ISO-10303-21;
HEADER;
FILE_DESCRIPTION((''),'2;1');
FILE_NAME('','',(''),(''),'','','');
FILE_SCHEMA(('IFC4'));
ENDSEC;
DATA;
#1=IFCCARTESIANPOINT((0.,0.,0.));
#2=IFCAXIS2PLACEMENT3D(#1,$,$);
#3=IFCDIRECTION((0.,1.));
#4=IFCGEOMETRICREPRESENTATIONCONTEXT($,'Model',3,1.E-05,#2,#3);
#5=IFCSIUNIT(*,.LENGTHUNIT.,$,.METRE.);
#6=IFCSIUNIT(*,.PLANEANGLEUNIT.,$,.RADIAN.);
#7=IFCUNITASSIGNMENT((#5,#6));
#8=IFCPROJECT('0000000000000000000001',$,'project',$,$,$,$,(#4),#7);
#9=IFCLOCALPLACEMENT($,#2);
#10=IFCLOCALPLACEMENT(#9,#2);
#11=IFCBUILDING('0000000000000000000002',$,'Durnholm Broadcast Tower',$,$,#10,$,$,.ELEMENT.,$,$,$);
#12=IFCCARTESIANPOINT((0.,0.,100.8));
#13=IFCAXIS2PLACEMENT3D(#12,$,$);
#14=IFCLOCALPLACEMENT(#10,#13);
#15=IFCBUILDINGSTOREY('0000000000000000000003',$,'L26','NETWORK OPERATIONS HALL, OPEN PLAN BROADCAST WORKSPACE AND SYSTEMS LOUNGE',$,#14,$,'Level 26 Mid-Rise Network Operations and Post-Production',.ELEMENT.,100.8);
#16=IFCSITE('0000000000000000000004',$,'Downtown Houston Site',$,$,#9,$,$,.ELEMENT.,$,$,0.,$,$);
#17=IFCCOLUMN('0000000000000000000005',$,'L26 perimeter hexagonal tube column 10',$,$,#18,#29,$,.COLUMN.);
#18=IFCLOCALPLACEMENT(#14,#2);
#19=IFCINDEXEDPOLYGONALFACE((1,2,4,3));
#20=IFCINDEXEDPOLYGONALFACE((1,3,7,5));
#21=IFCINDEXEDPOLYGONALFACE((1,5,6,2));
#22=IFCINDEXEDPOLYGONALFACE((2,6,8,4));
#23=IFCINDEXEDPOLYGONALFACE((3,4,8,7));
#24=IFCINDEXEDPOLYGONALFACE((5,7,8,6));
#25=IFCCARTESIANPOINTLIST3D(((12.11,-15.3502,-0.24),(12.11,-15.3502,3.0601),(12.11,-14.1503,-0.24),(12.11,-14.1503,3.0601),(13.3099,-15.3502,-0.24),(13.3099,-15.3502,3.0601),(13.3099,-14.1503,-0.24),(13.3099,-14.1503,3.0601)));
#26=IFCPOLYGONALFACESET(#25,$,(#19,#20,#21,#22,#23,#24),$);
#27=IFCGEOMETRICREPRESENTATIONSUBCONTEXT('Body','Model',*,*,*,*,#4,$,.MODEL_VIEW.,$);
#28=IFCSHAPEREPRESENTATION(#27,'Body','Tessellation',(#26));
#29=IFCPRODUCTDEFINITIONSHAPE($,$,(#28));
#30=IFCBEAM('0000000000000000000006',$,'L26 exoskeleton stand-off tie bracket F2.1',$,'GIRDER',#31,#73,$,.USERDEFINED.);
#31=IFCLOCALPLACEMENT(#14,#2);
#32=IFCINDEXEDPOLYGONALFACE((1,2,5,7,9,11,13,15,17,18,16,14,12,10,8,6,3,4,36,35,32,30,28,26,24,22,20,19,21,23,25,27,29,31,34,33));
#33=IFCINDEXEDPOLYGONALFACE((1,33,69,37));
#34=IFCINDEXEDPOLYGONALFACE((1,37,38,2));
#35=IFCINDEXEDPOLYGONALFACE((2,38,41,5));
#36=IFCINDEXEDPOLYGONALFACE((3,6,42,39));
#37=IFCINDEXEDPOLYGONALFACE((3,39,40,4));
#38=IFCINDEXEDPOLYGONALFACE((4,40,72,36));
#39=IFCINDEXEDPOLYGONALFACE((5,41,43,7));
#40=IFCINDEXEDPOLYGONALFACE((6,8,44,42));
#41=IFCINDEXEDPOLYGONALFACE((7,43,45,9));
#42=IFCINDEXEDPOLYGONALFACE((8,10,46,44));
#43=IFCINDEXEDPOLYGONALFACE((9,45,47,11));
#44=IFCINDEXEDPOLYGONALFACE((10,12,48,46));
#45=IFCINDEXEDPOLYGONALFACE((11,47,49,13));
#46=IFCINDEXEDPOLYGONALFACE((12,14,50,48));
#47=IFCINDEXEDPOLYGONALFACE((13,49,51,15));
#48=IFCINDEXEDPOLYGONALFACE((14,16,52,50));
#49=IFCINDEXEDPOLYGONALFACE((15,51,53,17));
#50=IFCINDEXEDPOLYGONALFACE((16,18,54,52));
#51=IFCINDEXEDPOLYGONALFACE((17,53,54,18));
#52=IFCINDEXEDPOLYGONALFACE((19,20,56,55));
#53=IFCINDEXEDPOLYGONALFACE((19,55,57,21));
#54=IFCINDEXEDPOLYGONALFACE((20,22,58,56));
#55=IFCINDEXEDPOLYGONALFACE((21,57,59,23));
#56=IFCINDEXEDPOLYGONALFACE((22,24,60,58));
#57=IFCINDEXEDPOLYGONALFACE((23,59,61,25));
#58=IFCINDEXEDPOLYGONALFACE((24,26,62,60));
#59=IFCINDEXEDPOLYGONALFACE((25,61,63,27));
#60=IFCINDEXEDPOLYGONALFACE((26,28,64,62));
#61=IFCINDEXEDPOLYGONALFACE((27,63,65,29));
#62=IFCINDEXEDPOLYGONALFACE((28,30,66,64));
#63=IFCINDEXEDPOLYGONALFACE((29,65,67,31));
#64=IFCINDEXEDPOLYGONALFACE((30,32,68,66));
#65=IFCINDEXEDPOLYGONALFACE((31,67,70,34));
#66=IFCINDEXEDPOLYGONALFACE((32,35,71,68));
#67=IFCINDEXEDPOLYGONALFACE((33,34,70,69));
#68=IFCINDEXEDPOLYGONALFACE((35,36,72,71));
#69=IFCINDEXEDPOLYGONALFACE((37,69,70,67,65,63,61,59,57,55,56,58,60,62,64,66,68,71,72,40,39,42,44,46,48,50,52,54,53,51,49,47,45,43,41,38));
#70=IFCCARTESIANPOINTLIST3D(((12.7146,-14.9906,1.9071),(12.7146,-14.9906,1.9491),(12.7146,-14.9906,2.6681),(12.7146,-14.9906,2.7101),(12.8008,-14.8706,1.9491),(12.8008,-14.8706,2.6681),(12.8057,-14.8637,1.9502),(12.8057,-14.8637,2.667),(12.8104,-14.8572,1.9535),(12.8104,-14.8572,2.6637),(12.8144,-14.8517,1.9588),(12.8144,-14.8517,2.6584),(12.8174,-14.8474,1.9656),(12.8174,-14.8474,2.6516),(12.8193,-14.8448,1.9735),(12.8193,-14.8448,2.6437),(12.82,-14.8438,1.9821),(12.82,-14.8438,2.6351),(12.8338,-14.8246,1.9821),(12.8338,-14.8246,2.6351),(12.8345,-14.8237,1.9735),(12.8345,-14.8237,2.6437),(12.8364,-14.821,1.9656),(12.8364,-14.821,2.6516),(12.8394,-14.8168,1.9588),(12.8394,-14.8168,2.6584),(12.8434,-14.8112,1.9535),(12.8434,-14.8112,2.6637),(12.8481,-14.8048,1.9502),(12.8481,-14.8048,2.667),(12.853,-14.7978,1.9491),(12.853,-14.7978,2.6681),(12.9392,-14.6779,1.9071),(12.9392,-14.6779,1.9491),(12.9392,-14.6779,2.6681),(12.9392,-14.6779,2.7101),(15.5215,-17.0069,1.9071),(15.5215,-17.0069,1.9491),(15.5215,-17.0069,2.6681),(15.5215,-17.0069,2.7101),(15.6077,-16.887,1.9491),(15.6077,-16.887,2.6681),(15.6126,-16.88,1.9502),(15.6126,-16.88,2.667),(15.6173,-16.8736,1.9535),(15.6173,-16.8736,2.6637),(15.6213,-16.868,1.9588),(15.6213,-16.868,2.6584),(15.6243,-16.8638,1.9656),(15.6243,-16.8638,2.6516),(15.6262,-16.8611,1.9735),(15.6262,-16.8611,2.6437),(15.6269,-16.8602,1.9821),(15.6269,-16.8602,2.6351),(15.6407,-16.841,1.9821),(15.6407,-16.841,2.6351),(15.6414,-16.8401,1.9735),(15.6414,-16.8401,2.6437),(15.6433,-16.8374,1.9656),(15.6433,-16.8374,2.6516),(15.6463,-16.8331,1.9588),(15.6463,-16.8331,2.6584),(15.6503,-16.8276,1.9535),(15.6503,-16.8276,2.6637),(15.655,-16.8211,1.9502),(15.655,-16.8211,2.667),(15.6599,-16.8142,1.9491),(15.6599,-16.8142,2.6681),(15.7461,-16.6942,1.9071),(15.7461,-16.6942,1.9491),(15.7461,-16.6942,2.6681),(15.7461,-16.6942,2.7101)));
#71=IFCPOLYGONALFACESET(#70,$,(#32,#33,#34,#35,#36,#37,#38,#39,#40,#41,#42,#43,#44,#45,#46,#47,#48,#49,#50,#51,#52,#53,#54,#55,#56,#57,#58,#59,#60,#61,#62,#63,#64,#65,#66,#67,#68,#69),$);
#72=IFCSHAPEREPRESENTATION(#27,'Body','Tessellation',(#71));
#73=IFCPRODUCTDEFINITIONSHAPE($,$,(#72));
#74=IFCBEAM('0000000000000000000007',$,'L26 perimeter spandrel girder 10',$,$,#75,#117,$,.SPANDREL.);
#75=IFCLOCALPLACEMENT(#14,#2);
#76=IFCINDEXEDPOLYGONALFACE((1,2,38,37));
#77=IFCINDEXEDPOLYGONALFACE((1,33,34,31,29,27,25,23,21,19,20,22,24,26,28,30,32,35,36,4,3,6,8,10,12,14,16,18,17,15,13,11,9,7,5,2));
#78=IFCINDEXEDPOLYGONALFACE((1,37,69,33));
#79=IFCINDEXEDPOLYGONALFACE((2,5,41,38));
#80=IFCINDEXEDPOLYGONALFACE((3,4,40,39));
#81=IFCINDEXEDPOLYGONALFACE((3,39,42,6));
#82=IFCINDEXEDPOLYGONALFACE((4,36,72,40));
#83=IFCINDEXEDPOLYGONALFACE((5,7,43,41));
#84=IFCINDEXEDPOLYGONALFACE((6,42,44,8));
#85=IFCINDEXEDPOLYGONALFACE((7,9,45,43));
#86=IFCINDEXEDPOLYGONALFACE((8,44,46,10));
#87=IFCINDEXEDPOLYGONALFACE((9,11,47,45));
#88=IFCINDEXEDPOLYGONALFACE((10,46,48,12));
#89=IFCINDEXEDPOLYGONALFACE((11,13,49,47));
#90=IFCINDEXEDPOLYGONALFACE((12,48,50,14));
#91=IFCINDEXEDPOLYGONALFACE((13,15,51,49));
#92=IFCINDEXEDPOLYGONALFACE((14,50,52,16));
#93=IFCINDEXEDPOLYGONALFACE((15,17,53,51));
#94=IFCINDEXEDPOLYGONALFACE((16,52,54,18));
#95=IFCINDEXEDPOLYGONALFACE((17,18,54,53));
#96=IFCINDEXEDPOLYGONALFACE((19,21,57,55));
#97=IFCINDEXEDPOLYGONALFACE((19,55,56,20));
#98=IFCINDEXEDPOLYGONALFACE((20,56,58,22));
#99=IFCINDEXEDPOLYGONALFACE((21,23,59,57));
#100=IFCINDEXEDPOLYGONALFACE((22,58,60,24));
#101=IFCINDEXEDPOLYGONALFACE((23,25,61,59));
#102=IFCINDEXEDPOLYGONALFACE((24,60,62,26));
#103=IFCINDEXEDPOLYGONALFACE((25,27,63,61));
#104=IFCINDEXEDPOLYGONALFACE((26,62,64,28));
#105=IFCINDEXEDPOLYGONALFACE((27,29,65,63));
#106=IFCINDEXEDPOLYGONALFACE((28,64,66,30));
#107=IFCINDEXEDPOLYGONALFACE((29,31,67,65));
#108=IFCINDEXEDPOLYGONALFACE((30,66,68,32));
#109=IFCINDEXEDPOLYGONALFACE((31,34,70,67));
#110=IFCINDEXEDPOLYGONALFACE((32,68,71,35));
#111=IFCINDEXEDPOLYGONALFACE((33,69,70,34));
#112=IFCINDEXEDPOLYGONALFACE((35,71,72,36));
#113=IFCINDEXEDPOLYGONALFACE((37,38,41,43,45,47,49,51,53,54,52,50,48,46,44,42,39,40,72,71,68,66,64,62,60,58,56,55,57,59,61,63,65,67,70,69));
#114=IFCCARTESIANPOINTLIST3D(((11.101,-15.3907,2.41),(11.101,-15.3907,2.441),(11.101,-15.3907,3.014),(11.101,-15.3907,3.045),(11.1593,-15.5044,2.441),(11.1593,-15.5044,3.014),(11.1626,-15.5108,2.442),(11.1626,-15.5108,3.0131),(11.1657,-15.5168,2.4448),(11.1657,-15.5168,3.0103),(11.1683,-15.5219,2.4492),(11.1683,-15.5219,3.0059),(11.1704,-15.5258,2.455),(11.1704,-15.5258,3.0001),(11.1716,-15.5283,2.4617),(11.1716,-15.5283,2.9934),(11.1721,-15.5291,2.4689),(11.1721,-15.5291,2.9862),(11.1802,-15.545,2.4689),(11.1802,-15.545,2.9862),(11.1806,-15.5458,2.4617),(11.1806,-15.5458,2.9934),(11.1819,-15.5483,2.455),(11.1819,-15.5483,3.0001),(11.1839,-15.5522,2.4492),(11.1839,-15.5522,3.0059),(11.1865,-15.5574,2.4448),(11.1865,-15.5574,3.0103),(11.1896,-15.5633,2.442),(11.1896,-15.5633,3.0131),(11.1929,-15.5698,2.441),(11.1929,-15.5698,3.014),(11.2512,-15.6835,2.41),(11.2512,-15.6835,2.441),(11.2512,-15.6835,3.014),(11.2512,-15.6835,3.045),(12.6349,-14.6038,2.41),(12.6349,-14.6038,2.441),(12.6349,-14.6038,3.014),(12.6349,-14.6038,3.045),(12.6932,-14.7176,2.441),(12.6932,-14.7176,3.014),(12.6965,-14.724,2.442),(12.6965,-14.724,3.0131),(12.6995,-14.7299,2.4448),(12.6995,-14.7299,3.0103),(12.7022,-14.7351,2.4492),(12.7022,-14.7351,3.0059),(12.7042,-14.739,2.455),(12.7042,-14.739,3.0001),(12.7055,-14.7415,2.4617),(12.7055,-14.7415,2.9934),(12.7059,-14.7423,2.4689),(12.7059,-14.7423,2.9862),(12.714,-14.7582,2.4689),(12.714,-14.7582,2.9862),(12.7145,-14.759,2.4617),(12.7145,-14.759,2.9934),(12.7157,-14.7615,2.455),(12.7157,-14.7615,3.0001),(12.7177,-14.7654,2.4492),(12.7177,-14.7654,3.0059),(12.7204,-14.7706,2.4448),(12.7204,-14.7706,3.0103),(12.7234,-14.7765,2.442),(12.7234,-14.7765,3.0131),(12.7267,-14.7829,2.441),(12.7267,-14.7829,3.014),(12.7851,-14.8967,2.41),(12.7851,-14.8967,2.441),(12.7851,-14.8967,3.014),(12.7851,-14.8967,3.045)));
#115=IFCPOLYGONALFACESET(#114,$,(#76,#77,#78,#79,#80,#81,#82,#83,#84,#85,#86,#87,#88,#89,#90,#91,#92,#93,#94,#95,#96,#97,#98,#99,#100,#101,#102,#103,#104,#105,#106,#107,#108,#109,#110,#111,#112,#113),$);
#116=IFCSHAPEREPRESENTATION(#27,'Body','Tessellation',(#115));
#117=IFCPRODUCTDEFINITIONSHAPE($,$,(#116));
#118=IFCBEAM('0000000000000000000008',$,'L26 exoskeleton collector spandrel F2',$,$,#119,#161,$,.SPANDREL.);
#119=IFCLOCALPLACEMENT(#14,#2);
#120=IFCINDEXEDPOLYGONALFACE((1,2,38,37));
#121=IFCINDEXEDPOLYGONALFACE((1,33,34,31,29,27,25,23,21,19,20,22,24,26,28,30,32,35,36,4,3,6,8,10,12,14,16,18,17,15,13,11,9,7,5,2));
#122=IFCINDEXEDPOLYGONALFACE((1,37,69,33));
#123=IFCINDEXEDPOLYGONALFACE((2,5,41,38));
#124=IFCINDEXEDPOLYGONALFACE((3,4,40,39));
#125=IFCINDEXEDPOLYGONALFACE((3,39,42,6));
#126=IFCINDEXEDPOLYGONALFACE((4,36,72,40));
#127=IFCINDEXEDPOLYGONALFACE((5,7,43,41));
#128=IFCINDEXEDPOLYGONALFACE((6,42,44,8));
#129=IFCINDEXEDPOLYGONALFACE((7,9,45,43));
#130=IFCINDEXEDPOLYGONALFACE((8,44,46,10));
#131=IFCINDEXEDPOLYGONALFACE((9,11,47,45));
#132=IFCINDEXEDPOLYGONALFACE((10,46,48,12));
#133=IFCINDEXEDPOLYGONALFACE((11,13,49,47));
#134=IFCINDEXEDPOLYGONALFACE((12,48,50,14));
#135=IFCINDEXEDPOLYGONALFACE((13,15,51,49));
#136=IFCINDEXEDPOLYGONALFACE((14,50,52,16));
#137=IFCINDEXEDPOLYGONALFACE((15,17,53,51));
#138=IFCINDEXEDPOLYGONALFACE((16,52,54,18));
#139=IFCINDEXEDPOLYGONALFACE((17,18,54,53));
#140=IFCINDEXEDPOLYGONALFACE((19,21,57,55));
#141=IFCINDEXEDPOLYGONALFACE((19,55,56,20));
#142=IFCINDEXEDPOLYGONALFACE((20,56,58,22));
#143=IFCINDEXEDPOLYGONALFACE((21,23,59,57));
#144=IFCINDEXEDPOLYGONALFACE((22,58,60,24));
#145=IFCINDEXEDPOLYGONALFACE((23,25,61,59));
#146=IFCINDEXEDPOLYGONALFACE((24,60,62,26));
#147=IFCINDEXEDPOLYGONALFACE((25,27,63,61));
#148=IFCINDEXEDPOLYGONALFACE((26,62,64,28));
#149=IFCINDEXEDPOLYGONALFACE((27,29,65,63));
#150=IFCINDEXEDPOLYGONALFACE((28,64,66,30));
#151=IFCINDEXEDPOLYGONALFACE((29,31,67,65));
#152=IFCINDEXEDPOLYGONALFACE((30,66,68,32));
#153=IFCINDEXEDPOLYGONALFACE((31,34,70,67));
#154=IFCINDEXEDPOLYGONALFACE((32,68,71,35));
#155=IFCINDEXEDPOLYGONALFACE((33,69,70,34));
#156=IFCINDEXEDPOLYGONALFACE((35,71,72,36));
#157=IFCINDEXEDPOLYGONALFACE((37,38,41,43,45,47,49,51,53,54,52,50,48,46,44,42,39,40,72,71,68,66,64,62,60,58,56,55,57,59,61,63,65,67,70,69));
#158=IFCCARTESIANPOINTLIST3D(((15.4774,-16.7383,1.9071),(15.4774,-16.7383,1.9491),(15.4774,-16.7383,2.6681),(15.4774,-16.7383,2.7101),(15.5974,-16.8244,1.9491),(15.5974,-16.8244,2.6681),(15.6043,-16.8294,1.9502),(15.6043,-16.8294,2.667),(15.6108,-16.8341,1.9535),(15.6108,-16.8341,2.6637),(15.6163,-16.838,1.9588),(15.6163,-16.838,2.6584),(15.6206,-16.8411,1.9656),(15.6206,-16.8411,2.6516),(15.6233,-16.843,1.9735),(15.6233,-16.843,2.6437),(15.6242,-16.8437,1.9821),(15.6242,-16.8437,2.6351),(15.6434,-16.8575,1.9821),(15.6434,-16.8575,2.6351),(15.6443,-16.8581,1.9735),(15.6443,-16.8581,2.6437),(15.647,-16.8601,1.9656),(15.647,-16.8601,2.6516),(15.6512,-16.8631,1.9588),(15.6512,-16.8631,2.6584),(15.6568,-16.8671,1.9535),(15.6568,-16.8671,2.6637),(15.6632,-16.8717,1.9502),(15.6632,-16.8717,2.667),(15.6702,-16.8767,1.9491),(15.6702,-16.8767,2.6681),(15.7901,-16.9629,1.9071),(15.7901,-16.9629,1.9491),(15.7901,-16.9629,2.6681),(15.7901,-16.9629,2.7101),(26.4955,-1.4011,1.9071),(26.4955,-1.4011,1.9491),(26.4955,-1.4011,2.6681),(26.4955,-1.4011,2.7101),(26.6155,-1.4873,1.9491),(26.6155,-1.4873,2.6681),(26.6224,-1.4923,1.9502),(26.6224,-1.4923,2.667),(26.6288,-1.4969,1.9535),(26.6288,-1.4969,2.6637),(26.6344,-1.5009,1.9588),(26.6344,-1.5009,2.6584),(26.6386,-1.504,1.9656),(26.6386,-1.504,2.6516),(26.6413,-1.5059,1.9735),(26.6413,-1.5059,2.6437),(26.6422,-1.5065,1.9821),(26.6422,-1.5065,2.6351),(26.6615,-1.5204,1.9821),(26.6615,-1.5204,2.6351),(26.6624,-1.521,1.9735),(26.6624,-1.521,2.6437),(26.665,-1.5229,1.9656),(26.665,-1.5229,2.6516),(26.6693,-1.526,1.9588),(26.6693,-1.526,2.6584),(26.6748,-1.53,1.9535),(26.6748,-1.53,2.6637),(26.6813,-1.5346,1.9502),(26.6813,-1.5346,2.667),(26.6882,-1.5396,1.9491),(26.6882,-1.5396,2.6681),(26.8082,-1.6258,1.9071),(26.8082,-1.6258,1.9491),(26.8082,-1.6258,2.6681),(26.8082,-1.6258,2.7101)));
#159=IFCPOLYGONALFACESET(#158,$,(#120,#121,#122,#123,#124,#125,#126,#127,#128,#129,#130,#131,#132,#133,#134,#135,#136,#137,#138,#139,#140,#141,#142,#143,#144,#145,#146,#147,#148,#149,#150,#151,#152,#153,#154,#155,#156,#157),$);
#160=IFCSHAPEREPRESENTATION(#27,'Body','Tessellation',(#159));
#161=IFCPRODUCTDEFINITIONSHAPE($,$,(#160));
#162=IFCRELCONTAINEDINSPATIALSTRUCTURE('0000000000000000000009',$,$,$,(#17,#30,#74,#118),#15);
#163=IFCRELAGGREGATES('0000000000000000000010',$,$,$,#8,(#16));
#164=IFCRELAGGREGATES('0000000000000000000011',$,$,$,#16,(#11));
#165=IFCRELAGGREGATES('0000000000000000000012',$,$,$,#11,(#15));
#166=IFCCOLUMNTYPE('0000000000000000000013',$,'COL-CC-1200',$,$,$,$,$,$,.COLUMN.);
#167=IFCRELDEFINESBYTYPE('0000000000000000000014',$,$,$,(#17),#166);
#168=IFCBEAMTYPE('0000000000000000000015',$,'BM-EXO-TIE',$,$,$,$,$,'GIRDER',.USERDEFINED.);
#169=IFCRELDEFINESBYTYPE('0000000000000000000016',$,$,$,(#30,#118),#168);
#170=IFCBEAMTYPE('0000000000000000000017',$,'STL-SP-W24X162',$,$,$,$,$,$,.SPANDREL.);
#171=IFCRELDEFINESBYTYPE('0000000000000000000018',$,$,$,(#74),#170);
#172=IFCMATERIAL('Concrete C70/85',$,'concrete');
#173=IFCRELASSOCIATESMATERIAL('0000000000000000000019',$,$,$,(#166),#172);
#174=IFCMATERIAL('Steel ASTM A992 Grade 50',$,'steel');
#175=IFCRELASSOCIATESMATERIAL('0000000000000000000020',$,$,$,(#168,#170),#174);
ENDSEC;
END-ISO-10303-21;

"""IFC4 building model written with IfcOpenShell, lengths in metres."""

from ifc_helpers import new_model, si_unit, direction, frame, origin, origin_2d, place, context, subcontext, project, spatial, rectangle, i_section, extrude, source, transform, mapped, material, material_profile, profile_set, type_object, type_shapes, element, save


model = new_model("IFC4")

# Units and contexts
model_context = context("Model", 3, precision=1e-05, world=origin(), true_north=direction((0.0, 1.0)))
body_context = subcontext(model_context, "Body", "Model", "MODEL_VIEW")
ifc_project = project(units=[si_unit("LENGTHUNIT", "METRE"), si_unit("PLANEANGLEUNIT", "RADIAN")], contexts=[model_context])

# Site, building, storey
site_placement = place(None, origin())
site = spatial("IfcSite", under=ifc_project, at=site_placement, Name="Downtown Houston Site", CompositionType="ELEMENT", RefElevation=0.0)
building_placement = place(site_placement, origin())
building = spatial("IfcBuilding", under=site, at=building_placement, Name="Durnholm Broadcast Tower", CompositionType="ELEMENT")
storey_placement = place(building_placement, frame((0.0, 0.0, 100.8)))
storey = spatial("IfcBuildingStorey", under=building, at=storey_placement, Name="L26", Description="NETWORK OPERATIONS HALL, OPEN PLAN BROADCAST WORKSPACE AND SYSTEMS LOUNGE", LongName="Level 26 Mid-Rise Network Operations and Post-Production", CompositionType="ELEMENT", Elevation=100.8)

# Column
ifc_material_1 = material(Name="Concrete C70/85", Category="concrete")
ifc_material_profile_1 = material_profile(ifc_material_1, rectangle(XDim=1.2, YDim=1.2, at=origin_2d()), Name="RC1200X1200")
ifc_profile_set_1 = profile_set([ifc_material_profile_1], Name="Concrete C70/85")
column_type = type_object("IfcColumnType", Name="COL-CC-1200", PredefinedType="COLUMN", material=ifc_profile_set_1)
shared_shape_1 = source(origin(), body_context, "Body", "SweptSolid", [
    extrude(rectangle(XDim=1.2, YDim=1.2, at=origin_2d()), origin(), (0.0, 0.0, 1.0), 3.3),
])
type_shapes(column_type, [shared_shape_1])
column_placement = place(storey_placement, frame((12.71, -14.7502, -0.24), z_axis=(0.0, 0.0, 1.0), x_axis=(1.0, 0.0, 0.0)))
element("IfcColumn", 1, at=column_placement, inside=storey, type_object=column_type, Name="L26 perimeter hexagonal tube column 10", PredefinedType="COLUMN", context=body_context, shape_type="MappedRepresentation", body=[
    mapped(shared_shape_1, transform((0.0, 0.0, 0.0), x_axis=(1.0, 0.0, 0.0), y_axis=(0.0, 1.0, 0.0), z_axis=(0.0, 0.0, 1.0), scale=1.0)),
])

# Beams
ifc_material_2 = material(Name="Steel ASTM A992 Grade 50", Category="steel")
ifc_material_profile_2 = material_profile(ifc_material_2, i_section(OverallWidth=0.385, OverallDepth=0.803, WebThickness=0.0237, FlangeThickness=0.042, FilletRadius=0.033, at=origin_2d()), Name="W30X261")
ifc_profile_set_2 = profile_set([ifc_material_profile_2], Name="Steel ASTM A992 Grade 50")
beam_type_1 = type_object("IfcBeamType", Name="BM-EXO-TIE", ElementType="GIRDER", PredefinedType="USERDEFINED", material=ifc_profile_set_2)
shared_shape_2 = source(origin(), body_context, "Body", "SweptSolid", [
    extrude(i_section(OverallWidth=0.385, OverallDepth=0.803, WebThickness=0.0237, FlangeThickness=0.042, FilletRadius=0.033, at=origin_2d()), origin(), (0.0, 0.0, 1.0), 3.4561),
])
beam_1_placement = place(storey_placement, frame((12.8269, -14.8342, 2.3086), z_axis=(0.812165, -0.583428, 0.0), x_axis=(0.583428, 0.812165, 0.0)))
element("IfcBeam", 2, at=beam_1_placement, inside=storey, type_object=beam_type_1, Name="L26 exoskeleton stand-off tie bracket F2.1", ObjectType="GIRDER", PredefinedType="USERDEFINED", context=body_context, shape_type="MappedRepresentation", body=[
    mapped(shared_shape_2, transform((0.0, 0.0, 0.0), x_axis=(1.0, 0.0, 0.0), y_axis=(0.0, 1.0, 0.0), z_axis=(0.0, 0.0, 1.0), scale=1.0)),
])
ifc_material_profile_3 = material_profile(ifc_material_2, i_section(OverallWidth=0.3291, OverallDepth=0.635, WebThickness=0.0178, FlangeThickness=0.031, FilletRadius=0.0278, at=origin_2d()), Name="W24X162")
ifc_profile_set_3 = profile_set([ifc_material_profile_3], Name="Steel ASTM A992 Grade 50")
beam_type_2 = type_object("IfcBeamType", Name="STL-SP-W24X162", PredefinedType="SPANDREL", material=ifc_profile_set_3)
shared_shape_3 = source(origin(), body_context, "Body", "SweptSolid", [
    extrude(i_section(OverallWidth=0.3291, OverallDepth=0.635, WebThickness=0.0178, FlangeThickness=0.031, FilletRadius=0.0278, at=origin_2d()), origin(), (0.0, 0.0, 1.0), 1.7239),
])
type_shapes(beam_type_2, [shared_shape_3])
beam_2_placement = place(storey_placement, frame((12.71, -14.7502, 2.7275), z_axis=(-0.889763, -0.456423, 0.0), x_axis=(0.456423, -0.889763, 0.0)))
element("IfcBeam", 3, at=beam_2_placement, inside=storey, type_object=beam_type_2, Name="L26 perimeter spandrel girder 10", PredefinedType="SPANDREL", context=body_context, shape_type="MappedRepresentation", body=[
    mapped(shared_shape_3, transform((0.0, 0.0, 0.0), x_axis=(1.0, 0.0, 0.0), y_axis=(0.0, 1.0, 0.0), z_axis=(0.0, 0.0, 1.0), scale=1.0)),
])
shared_shape_4 = source(origin(), body_context, "Body", "SweptSolid", [
    extrude(i_section(OverallWidth=0.385, OverallDepth=0.803, WebThickness=0.0237, FlangeThickness=0.042, FilletRadius=0.033, at=origin_2d()), origin(), (0.0, 0.0, 1.0), 18.8845),
])
type_shapes(beam_type_1, [shared_shape_2, shared_shape_4])
beam_3_placement = place(storey_placement, frame((15.6338, -16.8506, 2.3086), z_axis=(0.583443, 0.812154, 0.0), x_axis=(-0.812154, 0.583443, 0.0)))
element("IfcBeam", 4, at=beam_3_placement, inside=storey, type_object=beam_type_1, Name="L26 exoskeleton collector spandrel F2", PredefinedType="SPANDREL", context=body_context, shape_type="MappedRepresentation", body=[
    mapped(shared_shape_4, transform((0.0, 0.0, 0.0), x_axis=(1.0, 0.0, 0.0), y_axis=(0.0, 1.0, 0.0), z_axis=(0.0, 0.0, 1.0), scale=1.0)),
])

save(model, "model.ifc")
